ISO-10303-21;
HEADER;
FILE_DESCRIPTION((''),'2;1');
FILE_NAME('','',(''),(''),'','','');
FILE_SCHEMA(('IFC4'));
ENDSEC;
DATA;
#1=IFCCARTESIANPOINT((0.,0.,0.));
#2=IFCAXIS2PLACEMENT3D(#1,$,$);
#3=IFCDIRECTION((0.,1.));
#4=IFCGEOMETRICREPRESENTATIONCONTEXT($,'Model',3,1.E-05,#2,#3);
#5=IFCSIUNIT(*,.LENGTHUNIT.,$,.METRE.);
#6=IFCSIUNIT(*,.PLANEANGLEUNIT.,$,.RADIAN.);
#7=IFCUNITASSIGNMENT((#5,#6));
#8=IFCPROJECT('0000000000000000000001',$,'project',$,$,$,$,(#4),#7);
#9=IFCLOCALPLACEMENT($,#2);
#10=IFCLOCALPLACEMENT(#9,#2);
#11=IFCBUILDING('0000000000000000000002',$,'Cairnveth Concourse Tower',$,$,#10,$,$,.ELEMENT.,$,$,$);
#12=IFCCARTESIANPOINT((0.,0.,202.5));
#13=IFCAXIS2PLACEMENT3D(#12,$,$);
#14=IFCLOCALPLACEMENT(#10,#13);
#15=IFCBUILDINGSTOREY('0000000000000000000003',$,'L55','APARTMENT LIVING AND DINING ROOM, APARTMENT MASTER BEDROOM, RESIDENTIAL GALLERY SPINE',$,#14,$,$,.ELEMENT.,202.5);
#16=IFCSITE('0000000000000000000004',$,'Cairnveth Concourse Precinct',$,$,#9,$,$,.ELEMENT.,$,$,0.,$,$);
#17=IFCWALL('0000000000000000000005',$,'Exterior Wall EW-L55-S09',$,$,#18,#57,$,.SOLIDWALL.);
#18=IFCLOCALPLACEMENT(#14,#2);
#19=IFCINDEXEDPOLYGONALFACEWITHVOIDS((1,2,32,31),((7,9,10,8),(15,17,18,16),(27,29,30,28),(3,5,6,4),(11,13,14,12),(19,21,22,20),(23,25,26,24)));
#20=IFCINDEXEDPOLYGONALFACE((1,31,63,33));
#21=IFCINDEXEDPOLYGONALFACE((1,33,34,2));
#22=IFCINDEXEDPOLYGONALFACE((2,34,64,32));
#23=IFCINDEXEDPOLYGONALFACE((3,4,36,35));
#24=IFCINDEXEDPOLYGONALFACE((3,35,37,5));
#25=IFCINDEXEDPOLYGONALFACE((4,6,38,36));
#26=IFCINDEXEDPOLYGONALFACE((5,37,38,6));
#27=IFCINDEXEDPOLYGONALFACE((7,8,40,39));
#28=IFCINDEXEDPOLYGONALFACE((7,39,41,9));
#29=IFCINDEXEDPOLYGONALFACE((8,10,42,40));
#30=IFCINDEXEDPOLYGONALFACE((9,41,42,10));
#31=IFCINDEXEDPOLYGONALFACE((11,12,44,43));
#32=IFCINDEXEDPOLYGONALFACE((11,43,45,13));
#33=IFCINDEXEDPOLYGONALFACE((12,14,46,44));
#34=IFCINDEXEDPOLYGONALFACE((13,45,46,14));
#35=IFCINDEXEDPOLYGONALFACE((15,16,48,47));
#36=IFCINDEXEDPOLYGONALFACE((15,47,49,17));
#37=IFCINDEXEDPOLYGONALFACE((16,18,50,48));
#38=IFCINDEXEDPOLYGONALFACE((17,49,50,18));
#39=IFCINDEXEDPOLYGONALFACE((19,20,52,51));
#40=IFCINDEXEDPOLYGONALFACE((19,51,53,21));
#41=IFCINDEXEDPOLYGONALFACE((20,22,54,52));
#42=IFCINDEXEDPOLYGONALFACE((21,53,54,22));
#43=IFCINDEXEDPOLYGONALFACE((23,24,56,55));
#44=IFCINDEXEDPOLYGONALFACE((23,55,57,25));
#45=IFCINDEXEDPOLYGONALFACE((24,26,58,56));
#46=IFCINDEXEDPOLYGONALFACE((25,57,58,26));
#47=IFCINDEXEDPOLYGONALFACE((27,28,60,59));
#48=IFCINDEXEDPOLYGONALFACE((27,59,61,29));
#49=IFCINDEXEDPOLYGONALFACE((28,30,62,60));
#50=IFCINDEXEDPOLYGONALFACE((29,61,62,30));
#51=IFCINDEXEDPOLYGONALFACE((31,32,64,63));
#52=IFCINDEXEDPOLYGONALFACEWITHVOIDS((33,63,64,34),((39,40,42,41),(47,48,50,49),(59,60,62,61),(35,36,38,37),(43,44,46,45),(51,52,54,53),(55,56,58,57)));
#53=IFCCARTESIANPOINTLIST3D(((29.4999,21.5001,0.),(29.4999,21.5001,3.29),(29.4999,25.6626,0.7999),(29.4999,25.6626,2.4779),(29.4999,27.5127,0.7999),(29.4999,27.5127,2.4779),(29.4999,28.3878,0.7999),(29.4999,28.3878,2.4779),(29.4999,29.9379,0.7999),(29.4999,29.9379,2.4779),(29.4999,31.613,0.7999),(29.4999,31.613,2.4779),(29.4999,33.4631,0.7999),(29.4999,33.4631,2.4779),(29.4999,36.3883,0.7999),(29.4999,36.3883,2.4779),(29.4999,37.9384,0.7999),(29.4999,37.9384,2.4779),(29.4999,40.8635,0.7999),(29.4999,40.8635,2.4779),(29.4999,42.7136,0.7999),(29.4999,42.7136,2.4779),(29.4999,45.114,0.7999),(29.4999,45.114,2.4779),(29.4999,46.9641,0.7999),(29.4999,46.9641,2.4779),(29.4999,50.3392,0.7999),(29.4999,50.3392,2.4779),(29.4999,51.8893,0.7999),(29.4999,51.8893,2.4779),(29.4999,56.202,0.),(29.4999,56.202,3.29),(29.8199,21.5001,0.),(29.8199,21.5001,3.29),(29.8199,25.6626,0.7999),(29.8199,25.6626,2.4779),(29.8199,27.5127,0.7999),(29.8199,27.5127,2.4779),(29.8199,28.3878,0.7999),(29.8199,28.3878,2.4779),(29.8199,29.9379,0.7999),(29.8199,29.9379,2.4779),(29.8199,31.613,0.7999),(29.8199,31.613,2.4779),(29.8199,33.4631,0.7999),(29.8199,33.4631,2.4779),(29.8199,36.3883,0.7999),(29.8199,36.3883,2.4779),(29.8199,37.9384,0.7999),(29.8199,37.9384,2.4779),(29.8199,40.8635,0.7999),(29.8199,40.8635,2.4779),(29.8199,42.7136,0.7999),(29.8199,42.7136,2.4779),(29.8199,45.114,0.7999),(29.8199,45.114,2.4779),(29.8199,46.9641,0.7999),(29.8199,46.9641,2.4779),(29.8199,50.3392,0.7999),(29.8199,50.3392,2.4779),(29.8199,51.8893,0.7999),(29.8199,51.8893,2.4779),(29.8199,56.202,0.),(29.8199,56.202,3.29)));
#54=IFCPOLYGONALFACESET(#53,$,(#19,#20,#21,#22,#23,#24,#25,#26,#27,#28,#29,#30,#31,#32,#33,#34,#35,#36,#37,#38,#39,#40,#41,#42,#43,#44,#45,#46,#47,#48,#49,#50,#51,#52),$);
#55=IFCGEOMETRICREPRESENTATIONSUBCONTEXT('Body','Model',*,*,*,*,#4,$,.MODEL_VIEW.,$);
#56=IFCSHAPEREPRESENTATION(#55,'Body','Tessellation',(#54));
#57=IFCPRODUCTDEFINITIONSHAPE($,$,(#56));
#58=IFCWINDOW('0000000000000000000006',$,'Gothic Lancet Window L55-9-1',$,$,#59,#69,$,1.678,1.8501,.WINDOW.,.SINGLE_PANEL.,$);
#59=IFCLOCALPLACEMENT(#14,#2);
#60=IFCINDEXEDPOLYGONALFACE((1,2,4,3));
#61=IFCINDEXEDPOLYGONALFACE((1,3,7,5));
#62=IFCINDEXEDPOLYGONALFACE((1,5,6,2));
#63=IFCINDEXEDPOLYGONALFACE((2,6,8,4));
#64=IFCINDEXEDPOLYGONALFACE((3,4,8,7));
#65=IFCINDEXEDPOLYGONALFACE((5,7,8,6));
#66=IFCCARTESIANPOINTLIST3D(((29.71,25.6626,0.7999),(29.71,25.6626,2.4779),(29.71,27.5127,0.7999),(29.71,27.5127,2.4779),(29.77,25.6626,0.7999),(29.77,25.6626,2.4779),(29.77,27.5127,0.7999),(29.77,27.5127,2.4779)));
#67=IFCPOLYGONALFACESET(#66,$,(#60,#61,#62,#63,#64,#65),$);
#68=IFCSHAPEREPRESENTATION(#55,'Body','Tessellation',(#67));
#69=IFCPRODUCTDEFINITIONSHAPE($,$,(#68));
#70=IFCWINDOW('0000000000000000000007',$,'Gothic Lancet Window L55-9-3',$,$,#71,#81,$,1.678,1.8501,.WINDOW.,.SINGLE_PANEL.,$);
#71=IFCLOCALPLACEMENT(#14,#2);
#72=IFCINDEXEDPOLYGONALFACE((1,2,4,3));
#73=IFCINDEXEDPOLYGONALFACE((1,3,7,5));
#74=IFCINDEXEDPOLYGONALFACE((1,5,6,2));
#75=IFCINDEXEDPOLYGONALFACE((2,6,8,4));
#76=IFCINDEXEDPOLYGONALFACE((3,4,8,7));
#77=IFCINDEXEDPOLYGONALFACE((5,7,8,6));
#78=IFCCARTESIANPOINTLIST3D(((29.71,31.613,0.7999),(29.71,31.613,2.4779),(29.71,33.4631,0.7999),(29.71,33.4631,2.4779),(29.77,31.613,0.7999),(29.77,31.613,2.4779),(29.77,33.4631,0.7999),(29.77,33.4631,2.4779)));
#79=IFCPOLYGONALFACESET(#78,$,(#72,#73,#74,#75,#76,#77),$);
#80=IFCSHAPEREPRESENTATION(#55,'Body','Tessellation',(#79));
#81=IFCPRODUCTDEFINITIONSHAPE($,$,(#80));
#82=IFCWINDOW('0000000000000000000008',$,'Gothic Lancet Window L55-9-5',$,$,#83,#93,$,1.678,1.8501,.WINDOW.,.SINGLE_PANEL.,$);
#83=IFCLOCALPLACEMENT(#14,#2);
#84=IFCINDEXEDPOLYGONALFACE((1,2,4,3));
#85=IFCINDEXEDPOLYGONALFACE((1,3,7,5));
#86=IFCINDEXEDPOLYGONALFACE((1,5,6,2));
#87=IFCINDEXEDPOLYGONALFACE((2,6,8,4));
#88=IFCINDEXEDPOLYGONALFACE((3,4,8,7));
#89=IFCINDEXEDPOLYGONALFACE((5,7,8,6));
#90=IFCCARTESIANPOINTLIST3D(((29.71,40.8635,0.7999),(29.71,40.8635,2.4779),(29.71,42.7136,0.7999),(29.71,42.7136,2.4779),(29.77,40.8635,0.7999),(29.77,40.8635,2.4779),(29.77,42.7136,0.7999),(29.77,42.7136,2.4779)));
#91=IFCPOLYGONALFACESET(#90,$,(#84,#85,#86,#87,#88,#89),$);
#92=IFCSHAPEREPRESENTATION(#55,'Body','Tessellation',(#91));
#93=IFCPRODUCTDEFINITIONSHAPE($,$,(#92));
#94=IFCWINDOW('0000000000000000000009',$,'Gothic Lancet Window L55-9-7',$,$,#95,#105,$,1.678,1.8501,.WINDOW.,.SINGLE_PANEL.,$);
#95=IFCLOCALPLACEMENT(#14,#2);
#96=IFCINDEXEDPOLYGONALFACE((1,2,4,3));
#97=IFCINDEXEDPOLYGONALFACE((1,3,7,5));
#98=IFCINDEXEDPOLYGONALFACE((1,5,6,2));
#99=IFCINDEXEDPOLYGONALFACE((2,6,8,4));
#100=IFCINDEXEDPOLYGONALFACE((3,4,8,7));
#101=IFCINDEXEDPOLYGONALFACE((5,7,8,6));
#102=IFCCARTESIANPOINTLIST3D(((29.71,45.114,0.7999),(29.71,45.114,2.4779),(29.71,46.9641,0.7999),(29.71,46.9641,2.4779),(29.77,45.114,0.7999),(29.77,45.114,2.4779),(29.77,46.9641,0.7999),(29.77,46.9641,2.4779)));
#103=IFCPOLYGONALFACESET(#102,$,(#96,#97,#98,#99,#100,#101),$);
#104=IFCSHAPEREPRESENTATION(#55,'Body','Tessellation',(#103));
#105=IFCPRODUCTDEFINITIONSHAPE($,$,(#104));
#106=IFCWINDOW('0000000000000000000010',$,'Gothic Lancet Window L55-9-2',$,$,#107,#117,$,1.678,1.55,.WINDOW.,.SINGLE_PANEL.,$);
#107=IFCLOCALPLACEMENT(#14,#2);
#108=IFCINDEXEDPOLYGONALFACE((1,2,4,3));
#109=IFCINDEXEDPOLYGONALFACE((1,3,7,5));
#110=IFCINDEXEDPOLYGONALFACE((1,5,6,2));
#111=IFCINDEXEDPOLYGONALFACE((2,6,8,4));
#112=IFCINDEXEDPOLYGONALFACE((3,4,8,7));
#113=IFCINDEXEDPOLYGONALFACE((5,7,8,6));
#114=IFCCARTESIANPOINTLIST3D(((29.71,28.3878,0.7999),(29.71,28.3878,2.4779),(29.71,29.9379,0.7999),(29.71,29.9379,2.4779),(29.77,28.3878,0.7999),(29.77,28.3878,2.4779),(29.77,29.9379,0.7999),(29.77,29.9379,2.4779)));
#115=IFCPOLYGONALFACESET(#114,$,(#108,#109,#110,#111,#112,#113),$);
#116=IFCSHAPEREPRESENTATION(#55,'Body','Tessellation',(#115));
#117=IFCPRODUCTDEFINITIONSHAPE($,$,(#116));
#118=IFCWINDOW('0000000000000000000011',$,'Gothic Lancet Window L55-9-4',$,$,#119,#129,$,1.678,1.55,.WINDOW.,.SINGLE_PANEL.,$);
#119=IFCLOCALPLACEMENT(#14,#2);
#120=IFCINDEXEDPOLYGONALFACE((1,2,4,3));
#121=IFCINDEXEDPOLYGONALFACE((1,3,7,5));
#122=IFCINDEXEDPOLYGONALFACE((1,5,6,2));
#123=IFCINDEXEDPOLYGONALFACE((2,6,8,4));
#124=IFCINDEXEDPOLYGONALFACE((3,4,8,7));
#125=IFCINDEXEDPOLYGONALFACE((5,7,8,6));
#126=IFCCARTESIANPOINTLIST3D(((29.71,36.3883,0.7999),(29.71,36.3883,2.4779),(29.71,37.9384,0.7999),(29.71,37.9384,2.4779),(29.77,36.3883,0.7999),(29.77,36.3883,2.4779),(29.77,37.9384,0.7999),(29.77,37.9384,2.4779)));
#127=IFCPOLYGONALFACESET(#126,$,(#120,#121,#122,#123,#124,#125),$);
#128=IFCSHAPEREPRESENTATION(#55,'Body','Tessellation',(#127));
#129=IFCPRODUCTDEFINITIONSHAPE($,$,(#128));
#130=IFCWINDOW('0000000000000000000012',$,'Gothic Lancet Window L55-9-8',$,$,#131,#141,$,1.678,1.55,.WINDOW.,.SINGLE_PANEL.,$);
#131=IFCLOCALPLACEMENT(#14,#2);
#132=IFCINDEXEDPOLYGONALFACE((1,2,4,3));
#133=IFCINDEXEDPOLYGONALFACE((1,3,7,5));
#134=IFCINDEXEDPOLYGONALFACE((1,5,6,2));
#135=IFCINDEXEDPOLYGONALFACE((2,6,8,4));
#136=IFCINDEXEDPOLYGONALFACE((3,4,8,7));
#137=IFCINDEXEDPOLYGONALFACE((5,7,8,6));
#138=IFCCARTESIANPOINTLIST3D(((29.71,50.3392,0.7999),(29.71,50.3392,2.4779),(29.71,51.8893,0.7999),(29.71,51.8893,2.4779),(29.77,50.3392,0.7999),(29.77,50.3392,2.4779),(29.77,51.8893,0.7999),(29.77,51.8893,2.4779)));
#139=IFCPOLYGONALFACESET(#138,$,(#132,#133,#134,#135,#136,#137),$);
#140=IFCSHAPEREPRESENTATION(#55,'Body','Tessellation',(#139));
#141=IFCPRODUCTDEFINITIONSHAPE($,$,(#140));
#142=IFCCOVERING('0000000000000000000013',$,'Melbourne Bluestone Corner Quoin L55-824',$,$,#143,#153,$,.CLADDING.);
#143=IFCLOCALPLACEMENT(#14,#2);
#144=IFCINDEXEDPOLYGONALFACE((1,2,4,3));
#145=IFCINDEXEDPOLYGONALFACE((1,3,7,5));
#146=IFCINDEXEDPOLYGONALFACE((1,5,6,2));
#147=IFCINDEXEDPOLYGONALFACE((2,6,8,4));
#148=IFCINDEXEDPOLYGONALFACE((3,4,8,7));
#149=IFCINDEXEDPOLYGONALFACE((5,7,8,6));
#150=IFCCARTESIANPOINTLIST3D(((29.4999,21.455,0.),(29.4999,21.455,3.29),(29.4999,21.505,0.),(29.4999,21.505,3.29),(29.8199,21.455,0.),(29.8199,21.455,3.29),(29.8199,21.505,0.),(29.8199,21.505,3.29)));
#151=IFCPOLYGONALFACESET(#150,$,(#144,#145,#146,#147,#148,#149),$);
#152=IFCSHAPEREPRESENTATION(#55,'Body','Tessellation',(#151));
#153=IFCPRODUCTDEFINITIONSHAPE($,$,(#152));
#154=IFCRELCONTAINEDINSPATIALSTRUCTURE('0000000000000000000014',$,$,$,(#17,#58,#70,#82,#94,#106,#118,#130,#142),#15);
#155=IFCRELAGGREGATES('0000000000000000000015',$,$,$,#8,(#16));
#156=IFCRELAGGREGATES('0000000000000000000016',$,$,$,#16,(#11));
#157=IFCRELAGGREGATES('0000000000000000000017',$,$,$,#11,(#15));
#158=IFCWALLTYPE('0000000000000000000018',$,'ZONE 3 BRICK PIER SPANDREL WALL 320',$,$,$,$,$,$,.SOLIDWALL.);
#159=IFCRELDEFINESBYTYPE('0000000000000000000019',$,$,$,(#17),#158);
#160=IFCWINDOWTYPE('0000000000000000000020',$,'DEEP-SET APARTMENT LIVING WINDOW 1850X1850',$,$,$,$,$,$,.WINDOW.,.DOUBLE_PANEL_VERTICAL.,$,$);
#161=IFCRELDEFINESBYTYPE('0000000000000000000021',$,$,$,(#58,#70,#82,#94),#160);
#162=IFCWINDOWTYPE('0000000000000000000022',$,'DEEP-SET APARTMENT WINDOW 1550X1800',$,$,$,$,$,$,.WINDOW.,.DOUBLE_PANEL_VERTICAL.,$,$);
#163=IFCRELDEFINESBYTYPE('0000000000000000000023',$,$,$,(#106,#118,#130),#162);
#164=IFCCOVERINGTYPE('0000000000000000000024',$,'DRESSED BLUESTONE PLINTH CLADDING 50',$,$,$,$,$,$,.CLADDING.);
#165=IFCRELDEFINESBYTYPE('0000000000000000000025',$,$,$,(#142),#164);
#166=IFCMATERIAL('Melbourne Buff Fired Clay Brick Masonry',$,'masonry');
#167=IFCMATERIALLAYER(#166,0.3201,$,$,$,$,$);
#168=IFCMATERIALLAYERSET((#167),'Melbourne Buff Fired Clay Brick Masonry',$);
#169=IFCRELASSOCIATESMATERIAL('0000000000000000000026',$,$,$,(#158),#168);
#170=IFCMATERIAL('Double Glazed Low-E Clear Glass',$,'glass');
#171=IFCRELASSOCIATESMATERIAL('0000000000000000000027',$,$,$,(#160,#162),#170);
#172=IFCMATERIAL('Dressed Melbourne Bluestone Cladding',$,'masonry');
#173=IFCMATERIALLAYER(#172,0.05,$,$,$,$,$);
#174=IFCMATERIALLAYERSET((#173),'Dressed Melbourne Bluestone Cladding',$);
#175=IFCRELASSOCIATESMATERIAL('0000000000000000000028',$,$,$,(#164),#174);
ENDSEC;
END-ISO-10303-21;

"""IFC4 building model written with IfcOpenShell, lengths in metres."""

from ifc_helpers import new_model, si_unit, direction, frame, frame_2d, origin, place, context, subcontext, project, spatial, rectangle, extrude, material, layer, layer_set, type_object, element, fill, save


model = new_model("IFC4")

# Units and contexts
model_context = context("Model", 3, precision=1e-05, world=origin(), true_north=direction((0.0, 1.0)))
body_context = subcontext(model_context, "Body", "Model", "MODEL_VIEW")
ifc_project = project(units=[si_unit("LENGTHUNIT", "METRE"), si_unit("PLANEANGLEUNIT", "RADIAN")], contexts=[model_context])

# Site, building, storey
site_placement = place(None, origin())
site = spatial("IfcSite", under=ifc_project, at=site_placement, Name="Cairnveth Concourse Precinct", CompositionType="ELEMENT", RefElevation=0.0)
building_placement = place(site_placement, origin())
building = spatial("IfcBuilding", under=site, at=building_placement, Name="Cairnveth Concourse Tower", CompositionType="ELEMENT")
storey_placement = place(building_placement, frame((0.0, 0.0, 202.5)))
storey = spatial("IfcBuildingStorey", under=building, at=storey_placement, Name="L55", Description="APARTMENT LIVING AND DINING ROOM, APARTMENT MASTER BEDROOM, RESIDENTIAL GALLERY SPINE", CompositionType="ELEMENT", Elevation=202.5)

# Wall, openings, windows
ifc_material_1 = material(Name="Melbourne Buff Fired Clay Brick Masonry", Category="masonry")
ifc_layer_1 = layer(ifc_material_1, 0.3201)
ifc_layer_set_1 = layer_set([ifc_layer_1], Name="Melbourne Buff Fired Clay Brick Masonry")
wall_type_1 = type_object("IfcWallType", Name="ZONE 3 BRICK PIER SPANDREL WALL 320", PredefinedType="SOLIDWALL", material=ifc_layer_set_1)
wall_1_placement = place(storey_placement, frame((29.6599, 21.5, 0.0), z_axis=(0.0, 0.0, 1.0), x_axis=(0.0, 1.0, 0.0)))
wall_1 = element("IfcWall", 1, at=wall_1_placement, inside=storey, type_object=wall_type_1, Name="Exterior Wall EW-L55-S09", PredefinedType="SOLIDWALL", context=body_context, shape_type="SweptSolid", body=[
    extrude(rectangle(XDim=34.7019, YDim=0.3201, at=frame_2d((17.3511, 0.0))), origin(), (0.0, 0.0, 1.0), 3.29),
])
opening_1_placement = place(wall_1_placement, frame((4.1626, 0.0, 0.8)))
opening_1 = element("IfcOpeningElement", 2, at=opening_1_placement, cuts=wall_1, PredefinedType="OPENING", context=body_context, shape_type="SweptSolid", body=[
    extrude(rectangle(XDim=1.8501, YDim=1.678, at=frame_2d((0.925, 0.8389))), frame((0.0, 0.1699, 0.0), z_axis=(0.0, -1.0, 0.0), x_axis=(1.0, 0.0, 0.0)), (0.0, 0.0, 1.0), 0.3401),
])
opening_2_placement = place(wall_1_placement, frame((6.8879, 0.0, 0.8)))
opening_2 = element("IfcOpeningElement", 3, at=opening_2_placement, cuts=wall_1, PredefinedType="OPENING", context=body_context, shape_type="SweptSolid", body=[
    extrude(rectangle(XDim=1.55, YDim=1.678, at=frame_2d((0.7749, 0.8389))), frame((0.0, 0.1699, 0.0), z_axis=(0.0, -1.0, 0.0), x_axis=(1.0, 0.0, 0.0)), (0.0, 0.0, 1.0), 0.3401),
])
opening_3_placement = place(wall_1_placement, frame((10.113, 0.0, 0.8)))
opening_3 = element("IfcOpeningElement", 4, at=opening_3_placement, cuts=wall_1, PredefinedType="OPENING", context=body_context, shape_type="SweptSolid", body=[
    extrude(rectangle(XDim=1.8501, YDim=1.678, at=frame_2d((0.925, 0.8389))), frame((0.0, 0.1699, 0.0), z_axis=(0.0, -1.0, 0.0), x_axis=(1.0, 0.0, 0.0)), (0.0, 0.0, 1.0), 0.3401),
])
opening_4_placement = place(wall_1_placement, frame((14.8884, 0.0, 0.8)))
opening_4 = element("IfcOpeningElement", 5, at=opening_4_placement, cuts=wall_1, PredefinedType="OPENING", context=body_context, shape_type="SweptSolid", body=[
    extrude(rectangle(XDim=1.55, YDim=1.678, at=frame_2d((0.7749, 0.8389))), frame((0.0, 0.1699, 0.0), z_axis=(0.0, -1.0, 0.0), x_axis=(1.0, 0.0, 0.0)), (0.0, 0.0, 1.0), 0.3401),
])
opening_5_placement = place(wall_1_placement, frame((19.3635, 0.0, 0.8)))
opening_5 = element("IfcOpeningElement", 6, at=opening_5_placement, cuts=wall_1, PredefinedType="OPENING", context=body_context, shape_type="SweptSolid", body=[
    extrude(rectangle(XDim=1.8501, YDim=1.678, at=frame_2d((0.925, 0.8389))), frame((0.0, 0.1699, 0.0), z_axis=(0.0, -1.0, 0.0), x_axis=(1.0, 0.0, 0.0)), (0.0, 0.0, 1.0), 0.3401),
])
opening_6_placement = place(wall_1_placement, frame((23.614, 0.0, 0.8)))
opening_6 = element("IfcOpeningElement", 7, at=opening_6_placement, cuts=wall_1, PredefinedType="OPENING", context=body_context, shape_type="SweptSolid", body=[
    extrude(rectangle(XDim=1.8501, YDim=1.678, at=frame_2d((0.925, 0.8389))), frame((0.0, 0.1699, 0.0), z_axis=(0.0, -1.0, 0.0), x_axis=(1.0, 0.0, 0.0)), (0.0, 0.0, 1.0), 0.3401),
])
opening_7_placement = place(wall_1_placement, frame((28.8394, 0.0, 0.8)))
opening_7 = element("IfcOpeningElement", 8, at=opening_7_placement, cuts=wall_1, PredefinedType="OPENING", context=body_context, shape_type="SweptSolid", body=[
    extrude(rectangle(XDim=1.55, YDim=1.678, at=frame_2d((0.7749, 0.8389))), frame((0.0, 0.1699, 0.0), z_axis=(0.0, -1.0, 0.0), x_axis=(1.0, 0.0, 0.0)), (0.0, 0.0, 1.0), 0.3401),
])
ifc_material_2 = material(Name="Double Glazed Low-E Clear Glass", Category="glass")
window_type_1 = type_object("IfcWindowType", Name="DEEP-SET APARTMENT LIVING WINDOW 1850X1850", PartitioningType="DOUBLE_PANEL_VERTICAL", PredefinedType="WINDOW", material=ifc_material_2)
window_1_placement = place(opening_1_placement, origin())
window_1 = element("IfcWindow", 9, at=window_1_placement, inside=storey, type_object=window_type_1, Name="Gothic Lancet Window L55-9-1", OverallHeight=1.678, OverallWidth=1.8501, PartitioningType="SINGLE_PANEL", PredefinedType="WINDOW", context=body_context, shape_type="SweptSolid", body=[
    extrude(rectangle(XDim=1.8501, YDim=1.678, at=frame_2d((0.925, 0.8389))), frame((0.0, -0.05, 0.0), z_axis=(0.0, -1.0, 0.0), x_axis=(1.0, 0.0, 0.0)), (0.0, 0.0, 1.0), 0.0601),
])
fill(opening_1, window_1)
window_2_placement = place(opening_3_placement, origin())
window_2 = element("IfcWindow", 10, at=window_2_placement, inside=storey, type_object=window_type_1, Name="Gothic Lancet Window L55-9-3", OverallHeight=1.678, OverallWidth=1.8501, PartitioningType="SINGLE_PANEL", PredefinedType="WINDOW", context=body_context, shape_type="SweptSolid", body=[
    extrude(rectangle(XDim=1.8501, YDim=1.678, at=frame_2d((0.925, 0.8389))), frame((0.0, -0.05, 0.0), z_axis=(0.0, -1.0, 0.0), x_axis=(1.0, 0.0, 0.0)), (0.0, 0.0, 1.0), 0.0601),
])
fill(opening_3, window_2)
window_3_placement = place(opening_5_placement, origin())
window_3 = element("IfcWindow", 11, at=window_3_placement, inside=storey, type_object=window_type_1, Name="Gothic Lancet Window L55-9-5", OverallHeight=1.678, OverallWidth=1.8501, PartitioningType="SINGLE_PANEL", PredefinedType="WINDOW", context=body_context, shape_type="SweptSolid", body=[
    extrude(rectangle(XDim=1.8501, YDim=1.678, at=frame_2d((0.925, 0.8389))), frame((0.0, -0.05, 0.0), z_axis=(0.0, -1.0, 0.0), x_axis=(1.0, 0.0, 0.0)), (0.0, 0.0, 1.0), 0.0601),
])
fill(opening_5, window_3)
window_4_placement = place(opening_6_placement, origin())
window_4 = element("IfcWindow", 12, at=window_4_placement, inside=storey, type_object=window_type_1, Name="Gothic Lancet Window L55-9-7", OverallHeight=1.678, OverallWidth=1.8501, PartitioningType="SINGLE_PANEL", PredefinedType="WINDOW", context=body_context, shape_type="SweptSolid", body=[
    extrude(rectangle(XDim=1.8501, YDim=1.678, at=frame_2d((0.925, 0.8389))), frame((0.0, -0.05, 0.0), z_axis=(0.0, -1.0, 0.0), x_axis=(1.0, 0.0, 0.0)), (0.0, 0.0, 1.0), 0.0601),
])
fill(opening_6, window_4)
window_type_2 = type_object("IfcWindowType", Name="DEEP-SET APARTMENT WINDOW 1550X1800", PartitioningType="DOUBLE_PANEL_VERTICAL", PredefinedType="WINDOW", material=ifc_material_2)
window_5_placement = place(opening_2_placement, origin())
window_5 = element("IfcWindow", 13, at=window_5_placement, inside=storey, type_object=window_type_2, Name="Gothic Lancet Window L55-9-2", OverallHeight=1.678, OverallWidth=1.55, PartitioningType="SINGLE_PANEL", PredefinedType="WINDOW", context=body_context, shape_type="SweptSolid", body=[
    extrude(rectangle(XDim=1.55, YDim=1.678, at=frame_2d((0.7749, 0.8389))), frame((0.0, -0.05, 0.0), z_axis=(0.0, -1.0, 0.0), x_axis=(1.0, 0.0, 0.0)), (0.0, 0.0, 1.0), 0.0601),
])
fill(opening_2, window_5)
window_6_placement = place(opening_4_placement, origin())
window_6 = element("IfcWindow", 14, at=window_6_placement, inside=storey, type_object=window_type_2, Name="Gothic Lancet Window L55-9-4", OverallHeight=1.678, OverallWidth=1.55, PartitioningType="SINGLE_PANEL", PredefinedType="WINDOW", context=body_context, shape_type="SweptSolid", body=[
    extrude(rectangle(XDim=1.55, YDim=1.678, at=frame_2d((0.7749, 0.8389))), frame((0.0, -0.05, 0.0), z_axis=(0.0, -1.0, 0.0), x_axis=(1.0, 0.0, 0.0)), (0.0, 0.0, 1.0), 0.0601),
])
fill(opening_4, window_6)
window_7_placement = place(opening_7_placement, origin())
window_7 = element("IfcWindow", 15, at=window_7_placement, inside=storey, type_object=window_type_2, Name="Gothic Lancet Window L55-9-8", OverallHeight=1.678, OverallWidth=1.55, PartitioningType="SINGLE_PANEL", PredefinedType="WINDOW", context=body_context, shape_type="SweptSolid", body=[
    extrude(rectangle(XDim=1.55, YDim=1.678, at=frame_2d((0.7749, 0.8389))), frame((0.0, -0.05, 0.0), z_axis=(0.0, -1.0, 0.0), x_axis=(1.0, 0.0, 0.0)), (0.0, 0.0, 1.0), 0.0601),
])
fill(opening_7, window_7)

# Covering
ifc_material_3 = material(Name="Dressed Melbourne Bluestone Cladding", Category="masonry")
ifc_layer_2 = layer(ifc_material_3, 0.05)
ifc_layer_set_2 = layer_set([ifc_layer_2], Name="Dressed Melbourne Bluestone Cladding")
covering_type = type_object("IfcCoveringType", Name="DRESSED BLUESTONE PLINTH CLADDING 50", PredefinedType="CLADDING", material=ifc_layer_set_2)
covering_placement = place(storey_placement, frame((29.8201, 21.48, 0.0), z_axis=(0.0, 0.0, 1.0), x_axis=(-1.0, 0.0, 0.0)))
element("IfcCovering", 16, at=covering_placement, inside=storey, type_object=covering_type, Name="Melbourne Bluestone Corner Quoin L55-824", PredefinedType="CLADDING", context=body_context, shape_type="SweptSolid", body=[
    extrude(rectangle(XDim=0.3201, YDim=0.05, at=frame_2d((0.1602, 0.0))), origin(), (0.0, 0.0, 1.0), 3.29),
])

save(model, "model.ifc")
